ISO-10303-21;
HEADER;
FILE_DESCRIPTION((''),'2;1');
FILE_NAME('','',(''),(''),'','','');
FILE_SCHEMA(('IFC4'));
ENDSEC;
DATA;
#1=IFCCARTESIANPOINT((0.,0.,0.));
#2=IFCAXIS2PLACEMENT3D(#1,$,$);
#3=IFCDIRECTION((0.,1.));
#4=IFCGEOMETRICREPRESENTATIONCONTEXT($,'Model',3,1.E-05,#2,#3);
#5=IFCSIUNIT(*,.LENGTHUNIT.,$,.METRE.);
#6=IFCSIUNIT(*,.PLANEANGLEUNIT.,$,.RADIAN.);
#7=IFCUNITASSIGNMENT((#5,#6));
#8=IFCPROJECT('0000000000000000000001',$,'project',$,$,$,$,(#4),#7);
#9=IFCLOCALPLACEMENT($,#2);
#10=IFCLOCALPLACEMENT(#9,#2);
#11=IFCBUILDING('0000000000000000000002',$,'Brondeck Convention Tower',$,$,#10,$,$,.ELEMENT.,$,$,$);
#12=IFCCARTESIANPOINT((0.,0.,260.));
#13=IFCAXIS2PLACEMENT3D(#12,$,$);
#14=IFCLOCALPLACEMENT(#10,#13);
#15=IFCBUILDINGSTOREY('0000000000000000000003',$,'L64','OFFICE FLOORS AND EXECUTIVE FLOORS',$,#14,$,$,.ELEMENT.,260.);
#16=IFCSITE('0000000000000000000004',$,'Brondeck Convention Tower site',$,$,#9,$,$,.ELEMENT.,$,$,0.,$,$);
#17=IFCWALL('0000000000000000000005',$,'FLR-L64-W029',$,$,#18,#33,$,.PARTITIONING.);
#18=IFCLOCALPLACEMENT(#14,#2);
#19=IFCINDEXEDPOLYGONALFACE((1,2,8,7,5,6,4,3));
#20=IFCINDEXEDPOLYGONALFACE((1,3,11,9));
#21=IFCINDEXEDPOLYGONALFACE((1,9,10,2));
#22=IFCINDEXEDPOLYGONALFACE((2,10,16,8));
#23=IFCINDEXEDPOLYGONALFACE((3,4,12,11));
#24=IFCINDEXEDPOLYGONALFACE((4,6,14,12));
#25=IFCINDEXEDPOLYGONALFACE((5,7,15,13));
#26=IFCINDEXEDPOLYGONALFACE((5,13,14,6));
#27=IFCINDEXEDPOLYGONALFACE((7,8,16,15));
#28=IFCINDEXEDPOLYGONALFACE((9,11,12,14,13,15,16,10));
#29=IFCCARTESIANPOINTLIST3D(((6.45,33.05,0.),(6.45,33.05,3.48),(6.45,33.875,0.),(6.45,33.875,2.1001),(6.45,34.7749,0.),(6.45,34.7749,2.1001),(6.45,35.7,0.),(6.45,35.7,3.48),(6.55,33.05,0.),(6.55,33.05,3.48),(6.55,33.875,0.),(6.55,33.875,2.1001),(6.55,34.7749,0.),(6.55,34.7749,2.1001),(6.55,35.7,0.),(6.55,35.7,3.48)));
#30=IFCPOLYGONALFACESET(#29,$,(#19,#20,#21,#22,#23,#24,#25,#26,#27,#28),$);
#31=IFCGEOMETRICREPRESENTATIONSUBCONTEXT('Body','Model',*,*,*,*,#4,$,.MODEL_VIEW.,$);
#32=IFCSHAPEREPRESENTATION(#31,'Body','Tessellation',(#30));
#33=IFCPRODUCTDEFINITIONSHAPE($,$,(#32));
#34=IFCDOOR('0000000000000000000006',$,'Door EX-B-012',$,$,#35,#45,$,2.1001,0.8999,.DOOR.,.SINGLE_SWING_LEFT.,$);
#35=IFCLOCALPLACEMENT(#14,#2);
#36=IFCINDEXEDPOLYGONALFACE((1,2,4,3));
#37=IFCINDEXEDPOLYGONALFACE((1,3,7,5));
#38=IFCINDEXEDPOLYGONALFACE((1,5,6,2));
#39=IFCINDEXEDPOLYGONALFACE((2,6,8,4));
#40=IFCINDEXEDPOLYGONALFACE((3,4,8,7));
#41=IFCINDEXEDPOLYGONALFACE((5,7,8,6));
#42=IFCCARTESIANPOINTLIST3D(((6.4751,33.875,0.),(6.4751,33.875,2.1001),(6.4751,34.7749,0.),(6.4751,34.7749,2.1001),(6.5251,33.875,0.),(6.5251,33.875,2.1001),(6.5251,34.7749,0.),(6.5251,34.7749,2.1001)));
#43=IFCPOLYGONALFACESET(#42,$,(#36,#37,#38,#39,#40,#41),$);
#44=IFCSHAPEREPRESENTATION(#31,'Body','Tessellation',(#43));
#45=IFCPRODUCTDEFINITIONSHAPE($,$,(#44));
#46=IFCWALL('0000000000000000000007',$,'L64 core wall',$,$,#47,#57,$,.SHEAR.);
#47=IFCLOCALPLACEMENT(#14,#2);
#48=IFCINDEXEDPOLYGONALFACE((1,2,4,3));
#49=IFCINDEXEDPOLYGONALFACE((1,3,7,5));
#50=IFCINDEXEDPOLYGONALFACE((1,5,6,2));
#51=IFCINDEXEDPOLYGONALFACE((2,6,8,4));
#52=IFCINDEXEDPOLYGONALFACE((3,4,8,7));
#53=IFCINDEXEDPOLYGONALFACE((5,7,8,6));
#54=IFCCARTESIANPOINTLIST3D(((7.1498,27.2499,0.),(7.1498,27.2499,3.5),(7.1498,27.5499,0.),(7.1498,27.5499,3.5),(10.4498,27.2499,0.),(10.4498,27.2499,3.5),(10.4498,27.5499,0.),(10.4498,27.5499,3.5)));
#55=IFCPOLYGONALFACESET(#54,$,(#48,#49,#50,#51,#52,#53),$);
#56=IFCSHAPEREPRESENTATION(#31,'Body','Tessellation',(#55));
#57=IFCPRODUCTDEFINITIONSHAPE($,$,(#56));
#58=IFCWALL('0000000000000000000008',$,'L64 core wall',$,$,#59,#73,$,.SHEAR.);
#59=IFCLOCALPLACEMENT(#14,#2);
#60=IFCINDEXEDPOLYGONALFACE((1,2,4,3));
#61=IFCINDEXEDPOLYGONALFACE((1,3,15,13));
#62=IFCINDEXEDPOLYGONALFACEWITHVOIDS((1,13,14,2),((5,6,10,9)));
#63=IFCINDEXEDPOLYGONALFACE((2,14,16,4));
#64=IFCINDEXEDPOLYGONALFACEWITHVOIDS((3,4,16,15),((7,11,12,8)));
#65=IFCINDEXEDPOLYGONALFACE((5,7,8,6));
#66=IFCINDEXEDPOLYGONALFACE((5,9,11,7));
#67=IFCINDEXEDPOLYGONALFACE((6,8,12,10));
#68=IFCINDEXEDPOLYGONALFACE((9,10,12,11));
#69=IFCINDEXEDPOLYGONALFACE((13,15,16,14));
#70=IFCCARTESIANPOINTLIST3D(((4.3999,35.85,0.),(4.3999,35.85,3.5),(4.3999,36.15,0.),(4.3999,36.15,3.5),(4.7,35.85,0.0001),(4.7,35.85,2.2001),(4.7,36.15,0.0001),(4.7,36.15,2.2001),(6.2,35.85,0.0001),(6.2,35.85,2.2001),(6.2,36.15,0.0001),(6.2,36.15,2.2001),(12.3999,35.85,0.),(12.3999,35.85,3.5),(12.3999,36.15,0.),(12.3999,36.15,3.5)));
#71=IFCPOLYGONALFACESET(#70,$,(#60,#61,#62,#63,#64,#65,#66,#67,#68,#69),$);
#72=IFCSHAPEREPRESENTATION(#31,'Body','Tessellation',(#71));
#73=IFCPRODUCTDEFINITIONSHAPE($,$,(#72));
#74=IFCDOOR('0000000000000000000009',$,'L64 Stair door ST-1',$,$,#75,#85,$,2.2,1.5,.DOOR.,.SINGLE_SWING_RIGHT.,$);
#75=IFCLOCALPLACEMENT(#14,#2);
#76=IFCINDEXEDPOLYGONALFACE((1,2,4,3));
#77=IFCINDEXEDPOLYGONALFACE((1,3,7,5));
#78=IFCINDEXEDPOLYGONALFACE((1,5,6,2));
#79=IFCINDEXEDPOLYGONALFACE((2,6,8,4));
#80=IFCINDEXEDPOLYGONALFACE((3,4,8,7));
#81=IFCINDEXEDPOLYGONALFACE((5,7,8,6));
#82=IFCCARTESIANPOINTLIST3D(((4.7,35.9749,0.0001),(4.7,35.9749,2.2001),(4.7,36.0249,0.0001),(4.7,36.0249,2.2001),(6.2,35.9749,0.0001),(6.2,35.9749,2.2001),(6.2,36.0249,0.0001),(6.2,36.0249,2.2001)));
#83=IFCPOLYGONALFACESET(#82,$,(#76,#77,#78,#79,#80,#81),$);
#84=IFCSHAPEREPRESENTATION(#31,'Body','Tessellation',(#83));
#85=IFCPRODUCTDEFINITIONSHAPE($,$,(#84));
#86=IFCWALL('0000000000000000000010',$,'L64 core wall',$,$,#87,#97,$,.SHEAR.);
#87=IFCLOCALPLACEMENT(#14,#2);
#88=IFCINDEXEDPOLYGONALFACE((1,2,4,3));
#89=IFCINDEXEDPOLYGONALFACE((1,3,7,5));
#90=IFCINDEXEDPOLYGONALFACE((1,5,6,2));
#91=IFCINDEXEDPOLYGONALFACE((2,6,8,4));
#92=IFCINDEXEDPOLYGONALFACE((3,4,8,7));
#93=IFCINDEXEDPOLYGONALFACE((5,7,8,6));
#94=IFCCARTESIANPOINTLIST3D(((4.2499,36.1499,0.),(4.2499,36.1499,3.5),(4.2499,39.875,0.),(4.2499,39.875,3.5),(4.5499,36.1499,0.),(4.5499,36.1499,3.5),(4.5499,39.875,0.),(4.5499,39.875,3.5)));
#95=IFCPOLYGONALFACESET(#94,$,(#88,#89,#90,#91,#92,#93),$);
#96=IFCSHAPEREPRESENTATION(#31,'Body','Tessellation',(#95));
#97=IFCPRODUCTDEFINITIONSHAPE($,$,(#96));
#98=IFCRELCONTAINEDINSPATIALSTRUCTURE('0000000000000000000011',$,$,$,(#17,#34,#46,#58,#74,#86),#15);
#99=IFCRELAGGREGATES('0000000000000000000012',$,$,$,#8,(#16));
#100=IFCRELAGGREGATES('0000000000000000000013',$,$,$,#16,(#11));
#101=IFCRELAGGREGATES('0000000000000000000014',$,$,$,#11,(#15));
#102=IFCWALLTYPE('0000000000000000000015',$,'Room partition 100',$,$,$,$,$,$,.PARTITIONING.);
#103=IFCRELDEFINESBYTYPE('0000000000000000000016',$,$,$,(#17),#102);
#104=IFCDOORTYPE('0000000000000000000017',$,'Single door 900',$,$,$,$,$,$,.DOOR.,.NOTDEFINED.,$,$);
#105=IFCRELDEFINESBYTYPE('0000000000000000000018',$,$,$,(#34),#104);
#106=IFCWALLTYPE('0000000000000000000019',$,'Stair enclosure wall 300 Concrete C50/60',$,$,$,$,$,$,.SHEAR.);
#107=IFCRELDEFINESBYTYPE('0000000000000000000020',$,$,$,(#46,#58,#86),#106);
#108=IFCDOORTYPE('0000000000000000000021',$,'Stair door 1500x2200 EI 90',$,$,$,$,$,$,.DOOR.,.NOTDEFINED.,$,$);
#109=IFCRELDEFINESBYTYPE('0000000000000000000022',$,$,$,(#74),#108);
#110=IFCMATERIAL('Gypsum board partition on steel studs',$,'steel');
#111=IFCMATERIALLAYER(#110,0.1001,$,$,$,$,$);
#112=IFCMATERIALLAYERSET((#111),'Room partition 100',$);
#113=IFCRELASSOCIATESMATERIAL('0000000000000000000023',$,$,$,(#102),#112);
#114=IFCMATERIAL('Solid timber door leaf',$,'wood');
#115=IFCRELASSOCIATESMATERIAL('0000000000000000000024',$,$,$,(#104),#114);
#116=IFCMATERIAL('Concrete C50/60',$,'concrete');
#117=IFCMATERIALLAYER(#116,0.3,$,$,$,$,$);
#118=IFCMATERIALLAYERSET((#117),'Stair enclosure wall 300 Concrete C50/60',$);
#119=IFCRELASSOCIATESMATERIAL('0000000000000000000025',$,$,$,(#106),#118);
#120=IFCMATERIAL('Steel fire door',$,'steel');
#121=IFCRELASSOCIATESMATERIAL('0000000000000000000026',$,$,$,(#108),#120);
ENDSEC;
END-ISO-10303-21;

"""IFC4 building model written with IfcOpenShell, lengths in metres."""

from ifc_helpers import new_model, si_unit, direction, frame, frame_2d, origin, place, context, subcontext, project, spatial, rectangle, extrude, material, layer, layer_set, type_object, element, fill, save


model = new_model("IFC4")

# Units and contexts
model_context = context("Model", 3, precision=1e-05, world=origin(), true_north=direction((0.0, 1.0)))
body_context = subcontext(model_context, "Body", "Model", "MODEL_VIEW")
ifc_project = project(units=[si_unit("LENGTHUNIT", "METRE"), si_unit("PLANEANGLEUNIT", "RADIAN")], contexts=[model_context])

# Site, building, storey
site_placement = place(None, origin())
site = spatial("IfcSite", under=ifc_project, at=site_placement, Name="Brondeck Convention Tower site", CompositionType="ELEMENT", RefElevation=0.0)
building_placement = place(site_placement, origin())
building = spatial("IfcBuilding", under=site, at=building_placement, Name="Brondeck Convention Tower", CompositionType="ELEMENT")
storey_placement = place(building_placement, frame((0.0, 0.0, 260.0)))
storey = spatial("IfcBuildingStorey", under=building, at=storey_placement, Name="L64", Description="OFFICE FLOORS AND EXECUTIVE FLOORS", CompositionType="ELEMENT", Elevation=260.0)

# Shared definitions
ifc_material_1 = material(Name="Concrete C50/60", Category="concrete")

# Shared definitions
ifc_material_2 = material(Name="Steel fire door", Category="steel")

# Shared definitions
ifc_material_3 = material(Name="Gypsum board partition on steel studs", Category="steel")
ifc_layer_1 = layer(ifc_material_3, 0.1001)
ifc_layer_set_1 = layer_set([ifc_layer_1], Name="Room partition 100")
wall_type_1 = type_object("IfcWallType", Name="Room partition 100", PredefinedType="PARTITIONING", material=ifc_layer_set_1)

# Wall, opening, door
wall_1_placement = place(storey_placement, frame((6.5, 33.05, 0.0), z_axis=(0.0, 0.0, 1.0), x_axis=(0.0, 1.0, 0.0)))
wall_1 = element("IfcWall", 1, at=wall_1_placement, inside=storey, type_object=wall_type_1, Name="FLR-L64-W029", PredefinedType="PARTITIONING", context=body_context, shape_type="SweptSolid", body=[
    extrude(rectangle(XDim=2.6499, YDim=0.1001, at=frame_2d((1.325, 0.0))), origin(), (0.0, 0.0, 1.0), 3.48),
])
opening_1_placement = place(wall_1_placement, frame((0.825, 0.0, 0.0)))
opening_1 = element("IfcOpeningElement", 2, at=opening_1_placement, cuts=wall_1, PredefinedType="OPENING", context=body_context, shape_type="SweptSolid", body=[
    extrude(rectangle(XDim=0.8999, YDim=2.1001, at=frame_2d((0.45, 1.05))), frame((0.0, 0.0601, 0.0), z_axis=(0.0, -1.0, 0.0), x_axis=(1.0, 0.0, 0.0)), (0.0, 0.0, 1.0), 0.1201),
])
ifc_material_4 = material(Name="Solid timber door leaf", Category="wood")
door_type_1 = type_object("IfcDoorType", Name="Single door 900", OperationType="NOTDEFINED", PredefinedType="DOOR", material=ifc_material_4)
door_1_placement = place(opening_1_placement, origin())
door_1 = element("IfcDoor", 3, at=door_1_placement, inside=storey, type_object=door_type_1, Name="Door EX-B-012", OperationType="SINGLE_SWING_LEFT", OverallHeight=2.1001, OverallWidth=0.8999, PredefinedType="DOOR", context=body_context, shape_type="SweptSolid", body=[
    extrude(rectangle(XDim=0.8999, YDim=2.1001, at=frame_2d((0.45, 1.05))), frame((0.0, 0.0249, 0.0), z_axis=(0.0, -1.0, 0.0), x_axis=(1.0, 0.0, 0.0)), (0.0, 0.0, 1.0), 0.05),
])
fill(opening_1, door_1)

# Wall
ifc_layer_2 = layer(ifc_material_1, 0.3)
ifc_layer_set_2 = layer_set([ifc_layer_2], Name="Stair enclosure wall 300 Concrete C50/60")
wall_type_2 = type_object("IfcWallType", Name="Stair enclosure wall 300 Concrete C50/60", PredefinedType="SHEAR", material=ifc_layer_set_2)
wall_2_placement = place(storey_placement, frame((7.1499, 27.3999, 0.0), z_axis=(0.0, 0.0, 1.0), x_axis=(1.0, 0.0, 0.0)))
element("IfcWall", 4, at=wall_2_placement, inside=storey, type_object=wall_type_2, Name="L64 core wall", PredefinedType="SHEAR", context=body_context, shape_type="SweptSolid", body=[
    extrude(rectangle(XDim=3.3, YDim=0.3, at=frame_2d((1.6499, 0.0))), origin(), (0.0, 0.0, 1.0), 3.5),
])

# Wall, opening, door
wall_3_placement = place(storey_placement, frame((4.3999, 36.0, 0.0), z_axis=(0.0, 0.0, 1.0), x_axis=(1.0, 0.0, 0.0)))
wall_3 = element("IfcWall", 5, at=wall_3_placement, inside=storey, type_object=wall_type_2, Name="L64 core wall", PredefinedType="SHEAR", context=body_context, shape_type="SweptSolid", body=[
    extrude(rectangle(XDim=8.0, YDim=0.3, at=frame_2d((4.0, 0.0))), origin(), (0.0, 0.0, 1.0), 3.5),
])
opening_2_placement = place(wall_3_placement, frame((0.3, 0.0, 0.0)))
opening_2 = element("IfcOpeningElement", 6, at=opening_2_placement, cuts=wall_3, PredefinedType="OPENING", context=body_context, shape_type="SweptSolid", body=[
    extrude(rectangle(XDim=1.5, YDim=2.2, at=frame_2d((0.75, 1.1001))), frame((0.0, 0.1599, 0.0), z_axis=(0.0, -1.0, 0.0), x_axis=(1.0, 0.0, 0.0)), (0.0, 0.0, 1.0), 0.3201),
])
door_type_2 = type_object("IfcDoorType", Name="Stair door 1500x2200 EI 90", OperationType="NOTDEFINED", PredefinedType="DOOR", material=ifc_material_2)
door_2_placement = place(opening_2_placement, origin())
door_2 = element("IfcDoor", 7, at=door_2_placement, inside=storey, type_object=door_type_2, Name="L64 Stair door ST-1", OperationType="SINGLE_SWING_RIGHT", OverallHeight=2.2, OverallWidth=1.5, PredefinedType="DOOR", context=body_context, shape_type="SweptSolid", body=[
    extrude(rectangle(XDim=1.5, YDim=2.2, at=frame_2d((0.75, 1.1001))), frame((0.0, 0.0249, 0.0), z_axis=(0.0, -1.0, 0.0), x_axis=(1.0, 0.0, 0.0)), (0.0, 0.0, 1.0), 0.05),
])
fill(opening_2, door_2)

# Wall
wall_4_placement = place(storey_placement, frame((4.3999, 36.1499, 0.0), z_axis=(0.0, 0.0, 1.0), x_axis=(0.0, 1.0, 0.0)))
element("IfcWall", 8, at=wall_4_placement, inside=storey, type_object=wall_type_2, Name="L64 core wall", PredefinedType="SHEAR", context=body_context, shape_type="SweptSolid", body=[
    extrude(rectangle(XDim=3.7251, YDim=0.3, at=frame_2d((1.8625, 0.0))), origin(), (0.0, 0.0, 1.0), 3.5),
])

save(model, "model.ifc")
